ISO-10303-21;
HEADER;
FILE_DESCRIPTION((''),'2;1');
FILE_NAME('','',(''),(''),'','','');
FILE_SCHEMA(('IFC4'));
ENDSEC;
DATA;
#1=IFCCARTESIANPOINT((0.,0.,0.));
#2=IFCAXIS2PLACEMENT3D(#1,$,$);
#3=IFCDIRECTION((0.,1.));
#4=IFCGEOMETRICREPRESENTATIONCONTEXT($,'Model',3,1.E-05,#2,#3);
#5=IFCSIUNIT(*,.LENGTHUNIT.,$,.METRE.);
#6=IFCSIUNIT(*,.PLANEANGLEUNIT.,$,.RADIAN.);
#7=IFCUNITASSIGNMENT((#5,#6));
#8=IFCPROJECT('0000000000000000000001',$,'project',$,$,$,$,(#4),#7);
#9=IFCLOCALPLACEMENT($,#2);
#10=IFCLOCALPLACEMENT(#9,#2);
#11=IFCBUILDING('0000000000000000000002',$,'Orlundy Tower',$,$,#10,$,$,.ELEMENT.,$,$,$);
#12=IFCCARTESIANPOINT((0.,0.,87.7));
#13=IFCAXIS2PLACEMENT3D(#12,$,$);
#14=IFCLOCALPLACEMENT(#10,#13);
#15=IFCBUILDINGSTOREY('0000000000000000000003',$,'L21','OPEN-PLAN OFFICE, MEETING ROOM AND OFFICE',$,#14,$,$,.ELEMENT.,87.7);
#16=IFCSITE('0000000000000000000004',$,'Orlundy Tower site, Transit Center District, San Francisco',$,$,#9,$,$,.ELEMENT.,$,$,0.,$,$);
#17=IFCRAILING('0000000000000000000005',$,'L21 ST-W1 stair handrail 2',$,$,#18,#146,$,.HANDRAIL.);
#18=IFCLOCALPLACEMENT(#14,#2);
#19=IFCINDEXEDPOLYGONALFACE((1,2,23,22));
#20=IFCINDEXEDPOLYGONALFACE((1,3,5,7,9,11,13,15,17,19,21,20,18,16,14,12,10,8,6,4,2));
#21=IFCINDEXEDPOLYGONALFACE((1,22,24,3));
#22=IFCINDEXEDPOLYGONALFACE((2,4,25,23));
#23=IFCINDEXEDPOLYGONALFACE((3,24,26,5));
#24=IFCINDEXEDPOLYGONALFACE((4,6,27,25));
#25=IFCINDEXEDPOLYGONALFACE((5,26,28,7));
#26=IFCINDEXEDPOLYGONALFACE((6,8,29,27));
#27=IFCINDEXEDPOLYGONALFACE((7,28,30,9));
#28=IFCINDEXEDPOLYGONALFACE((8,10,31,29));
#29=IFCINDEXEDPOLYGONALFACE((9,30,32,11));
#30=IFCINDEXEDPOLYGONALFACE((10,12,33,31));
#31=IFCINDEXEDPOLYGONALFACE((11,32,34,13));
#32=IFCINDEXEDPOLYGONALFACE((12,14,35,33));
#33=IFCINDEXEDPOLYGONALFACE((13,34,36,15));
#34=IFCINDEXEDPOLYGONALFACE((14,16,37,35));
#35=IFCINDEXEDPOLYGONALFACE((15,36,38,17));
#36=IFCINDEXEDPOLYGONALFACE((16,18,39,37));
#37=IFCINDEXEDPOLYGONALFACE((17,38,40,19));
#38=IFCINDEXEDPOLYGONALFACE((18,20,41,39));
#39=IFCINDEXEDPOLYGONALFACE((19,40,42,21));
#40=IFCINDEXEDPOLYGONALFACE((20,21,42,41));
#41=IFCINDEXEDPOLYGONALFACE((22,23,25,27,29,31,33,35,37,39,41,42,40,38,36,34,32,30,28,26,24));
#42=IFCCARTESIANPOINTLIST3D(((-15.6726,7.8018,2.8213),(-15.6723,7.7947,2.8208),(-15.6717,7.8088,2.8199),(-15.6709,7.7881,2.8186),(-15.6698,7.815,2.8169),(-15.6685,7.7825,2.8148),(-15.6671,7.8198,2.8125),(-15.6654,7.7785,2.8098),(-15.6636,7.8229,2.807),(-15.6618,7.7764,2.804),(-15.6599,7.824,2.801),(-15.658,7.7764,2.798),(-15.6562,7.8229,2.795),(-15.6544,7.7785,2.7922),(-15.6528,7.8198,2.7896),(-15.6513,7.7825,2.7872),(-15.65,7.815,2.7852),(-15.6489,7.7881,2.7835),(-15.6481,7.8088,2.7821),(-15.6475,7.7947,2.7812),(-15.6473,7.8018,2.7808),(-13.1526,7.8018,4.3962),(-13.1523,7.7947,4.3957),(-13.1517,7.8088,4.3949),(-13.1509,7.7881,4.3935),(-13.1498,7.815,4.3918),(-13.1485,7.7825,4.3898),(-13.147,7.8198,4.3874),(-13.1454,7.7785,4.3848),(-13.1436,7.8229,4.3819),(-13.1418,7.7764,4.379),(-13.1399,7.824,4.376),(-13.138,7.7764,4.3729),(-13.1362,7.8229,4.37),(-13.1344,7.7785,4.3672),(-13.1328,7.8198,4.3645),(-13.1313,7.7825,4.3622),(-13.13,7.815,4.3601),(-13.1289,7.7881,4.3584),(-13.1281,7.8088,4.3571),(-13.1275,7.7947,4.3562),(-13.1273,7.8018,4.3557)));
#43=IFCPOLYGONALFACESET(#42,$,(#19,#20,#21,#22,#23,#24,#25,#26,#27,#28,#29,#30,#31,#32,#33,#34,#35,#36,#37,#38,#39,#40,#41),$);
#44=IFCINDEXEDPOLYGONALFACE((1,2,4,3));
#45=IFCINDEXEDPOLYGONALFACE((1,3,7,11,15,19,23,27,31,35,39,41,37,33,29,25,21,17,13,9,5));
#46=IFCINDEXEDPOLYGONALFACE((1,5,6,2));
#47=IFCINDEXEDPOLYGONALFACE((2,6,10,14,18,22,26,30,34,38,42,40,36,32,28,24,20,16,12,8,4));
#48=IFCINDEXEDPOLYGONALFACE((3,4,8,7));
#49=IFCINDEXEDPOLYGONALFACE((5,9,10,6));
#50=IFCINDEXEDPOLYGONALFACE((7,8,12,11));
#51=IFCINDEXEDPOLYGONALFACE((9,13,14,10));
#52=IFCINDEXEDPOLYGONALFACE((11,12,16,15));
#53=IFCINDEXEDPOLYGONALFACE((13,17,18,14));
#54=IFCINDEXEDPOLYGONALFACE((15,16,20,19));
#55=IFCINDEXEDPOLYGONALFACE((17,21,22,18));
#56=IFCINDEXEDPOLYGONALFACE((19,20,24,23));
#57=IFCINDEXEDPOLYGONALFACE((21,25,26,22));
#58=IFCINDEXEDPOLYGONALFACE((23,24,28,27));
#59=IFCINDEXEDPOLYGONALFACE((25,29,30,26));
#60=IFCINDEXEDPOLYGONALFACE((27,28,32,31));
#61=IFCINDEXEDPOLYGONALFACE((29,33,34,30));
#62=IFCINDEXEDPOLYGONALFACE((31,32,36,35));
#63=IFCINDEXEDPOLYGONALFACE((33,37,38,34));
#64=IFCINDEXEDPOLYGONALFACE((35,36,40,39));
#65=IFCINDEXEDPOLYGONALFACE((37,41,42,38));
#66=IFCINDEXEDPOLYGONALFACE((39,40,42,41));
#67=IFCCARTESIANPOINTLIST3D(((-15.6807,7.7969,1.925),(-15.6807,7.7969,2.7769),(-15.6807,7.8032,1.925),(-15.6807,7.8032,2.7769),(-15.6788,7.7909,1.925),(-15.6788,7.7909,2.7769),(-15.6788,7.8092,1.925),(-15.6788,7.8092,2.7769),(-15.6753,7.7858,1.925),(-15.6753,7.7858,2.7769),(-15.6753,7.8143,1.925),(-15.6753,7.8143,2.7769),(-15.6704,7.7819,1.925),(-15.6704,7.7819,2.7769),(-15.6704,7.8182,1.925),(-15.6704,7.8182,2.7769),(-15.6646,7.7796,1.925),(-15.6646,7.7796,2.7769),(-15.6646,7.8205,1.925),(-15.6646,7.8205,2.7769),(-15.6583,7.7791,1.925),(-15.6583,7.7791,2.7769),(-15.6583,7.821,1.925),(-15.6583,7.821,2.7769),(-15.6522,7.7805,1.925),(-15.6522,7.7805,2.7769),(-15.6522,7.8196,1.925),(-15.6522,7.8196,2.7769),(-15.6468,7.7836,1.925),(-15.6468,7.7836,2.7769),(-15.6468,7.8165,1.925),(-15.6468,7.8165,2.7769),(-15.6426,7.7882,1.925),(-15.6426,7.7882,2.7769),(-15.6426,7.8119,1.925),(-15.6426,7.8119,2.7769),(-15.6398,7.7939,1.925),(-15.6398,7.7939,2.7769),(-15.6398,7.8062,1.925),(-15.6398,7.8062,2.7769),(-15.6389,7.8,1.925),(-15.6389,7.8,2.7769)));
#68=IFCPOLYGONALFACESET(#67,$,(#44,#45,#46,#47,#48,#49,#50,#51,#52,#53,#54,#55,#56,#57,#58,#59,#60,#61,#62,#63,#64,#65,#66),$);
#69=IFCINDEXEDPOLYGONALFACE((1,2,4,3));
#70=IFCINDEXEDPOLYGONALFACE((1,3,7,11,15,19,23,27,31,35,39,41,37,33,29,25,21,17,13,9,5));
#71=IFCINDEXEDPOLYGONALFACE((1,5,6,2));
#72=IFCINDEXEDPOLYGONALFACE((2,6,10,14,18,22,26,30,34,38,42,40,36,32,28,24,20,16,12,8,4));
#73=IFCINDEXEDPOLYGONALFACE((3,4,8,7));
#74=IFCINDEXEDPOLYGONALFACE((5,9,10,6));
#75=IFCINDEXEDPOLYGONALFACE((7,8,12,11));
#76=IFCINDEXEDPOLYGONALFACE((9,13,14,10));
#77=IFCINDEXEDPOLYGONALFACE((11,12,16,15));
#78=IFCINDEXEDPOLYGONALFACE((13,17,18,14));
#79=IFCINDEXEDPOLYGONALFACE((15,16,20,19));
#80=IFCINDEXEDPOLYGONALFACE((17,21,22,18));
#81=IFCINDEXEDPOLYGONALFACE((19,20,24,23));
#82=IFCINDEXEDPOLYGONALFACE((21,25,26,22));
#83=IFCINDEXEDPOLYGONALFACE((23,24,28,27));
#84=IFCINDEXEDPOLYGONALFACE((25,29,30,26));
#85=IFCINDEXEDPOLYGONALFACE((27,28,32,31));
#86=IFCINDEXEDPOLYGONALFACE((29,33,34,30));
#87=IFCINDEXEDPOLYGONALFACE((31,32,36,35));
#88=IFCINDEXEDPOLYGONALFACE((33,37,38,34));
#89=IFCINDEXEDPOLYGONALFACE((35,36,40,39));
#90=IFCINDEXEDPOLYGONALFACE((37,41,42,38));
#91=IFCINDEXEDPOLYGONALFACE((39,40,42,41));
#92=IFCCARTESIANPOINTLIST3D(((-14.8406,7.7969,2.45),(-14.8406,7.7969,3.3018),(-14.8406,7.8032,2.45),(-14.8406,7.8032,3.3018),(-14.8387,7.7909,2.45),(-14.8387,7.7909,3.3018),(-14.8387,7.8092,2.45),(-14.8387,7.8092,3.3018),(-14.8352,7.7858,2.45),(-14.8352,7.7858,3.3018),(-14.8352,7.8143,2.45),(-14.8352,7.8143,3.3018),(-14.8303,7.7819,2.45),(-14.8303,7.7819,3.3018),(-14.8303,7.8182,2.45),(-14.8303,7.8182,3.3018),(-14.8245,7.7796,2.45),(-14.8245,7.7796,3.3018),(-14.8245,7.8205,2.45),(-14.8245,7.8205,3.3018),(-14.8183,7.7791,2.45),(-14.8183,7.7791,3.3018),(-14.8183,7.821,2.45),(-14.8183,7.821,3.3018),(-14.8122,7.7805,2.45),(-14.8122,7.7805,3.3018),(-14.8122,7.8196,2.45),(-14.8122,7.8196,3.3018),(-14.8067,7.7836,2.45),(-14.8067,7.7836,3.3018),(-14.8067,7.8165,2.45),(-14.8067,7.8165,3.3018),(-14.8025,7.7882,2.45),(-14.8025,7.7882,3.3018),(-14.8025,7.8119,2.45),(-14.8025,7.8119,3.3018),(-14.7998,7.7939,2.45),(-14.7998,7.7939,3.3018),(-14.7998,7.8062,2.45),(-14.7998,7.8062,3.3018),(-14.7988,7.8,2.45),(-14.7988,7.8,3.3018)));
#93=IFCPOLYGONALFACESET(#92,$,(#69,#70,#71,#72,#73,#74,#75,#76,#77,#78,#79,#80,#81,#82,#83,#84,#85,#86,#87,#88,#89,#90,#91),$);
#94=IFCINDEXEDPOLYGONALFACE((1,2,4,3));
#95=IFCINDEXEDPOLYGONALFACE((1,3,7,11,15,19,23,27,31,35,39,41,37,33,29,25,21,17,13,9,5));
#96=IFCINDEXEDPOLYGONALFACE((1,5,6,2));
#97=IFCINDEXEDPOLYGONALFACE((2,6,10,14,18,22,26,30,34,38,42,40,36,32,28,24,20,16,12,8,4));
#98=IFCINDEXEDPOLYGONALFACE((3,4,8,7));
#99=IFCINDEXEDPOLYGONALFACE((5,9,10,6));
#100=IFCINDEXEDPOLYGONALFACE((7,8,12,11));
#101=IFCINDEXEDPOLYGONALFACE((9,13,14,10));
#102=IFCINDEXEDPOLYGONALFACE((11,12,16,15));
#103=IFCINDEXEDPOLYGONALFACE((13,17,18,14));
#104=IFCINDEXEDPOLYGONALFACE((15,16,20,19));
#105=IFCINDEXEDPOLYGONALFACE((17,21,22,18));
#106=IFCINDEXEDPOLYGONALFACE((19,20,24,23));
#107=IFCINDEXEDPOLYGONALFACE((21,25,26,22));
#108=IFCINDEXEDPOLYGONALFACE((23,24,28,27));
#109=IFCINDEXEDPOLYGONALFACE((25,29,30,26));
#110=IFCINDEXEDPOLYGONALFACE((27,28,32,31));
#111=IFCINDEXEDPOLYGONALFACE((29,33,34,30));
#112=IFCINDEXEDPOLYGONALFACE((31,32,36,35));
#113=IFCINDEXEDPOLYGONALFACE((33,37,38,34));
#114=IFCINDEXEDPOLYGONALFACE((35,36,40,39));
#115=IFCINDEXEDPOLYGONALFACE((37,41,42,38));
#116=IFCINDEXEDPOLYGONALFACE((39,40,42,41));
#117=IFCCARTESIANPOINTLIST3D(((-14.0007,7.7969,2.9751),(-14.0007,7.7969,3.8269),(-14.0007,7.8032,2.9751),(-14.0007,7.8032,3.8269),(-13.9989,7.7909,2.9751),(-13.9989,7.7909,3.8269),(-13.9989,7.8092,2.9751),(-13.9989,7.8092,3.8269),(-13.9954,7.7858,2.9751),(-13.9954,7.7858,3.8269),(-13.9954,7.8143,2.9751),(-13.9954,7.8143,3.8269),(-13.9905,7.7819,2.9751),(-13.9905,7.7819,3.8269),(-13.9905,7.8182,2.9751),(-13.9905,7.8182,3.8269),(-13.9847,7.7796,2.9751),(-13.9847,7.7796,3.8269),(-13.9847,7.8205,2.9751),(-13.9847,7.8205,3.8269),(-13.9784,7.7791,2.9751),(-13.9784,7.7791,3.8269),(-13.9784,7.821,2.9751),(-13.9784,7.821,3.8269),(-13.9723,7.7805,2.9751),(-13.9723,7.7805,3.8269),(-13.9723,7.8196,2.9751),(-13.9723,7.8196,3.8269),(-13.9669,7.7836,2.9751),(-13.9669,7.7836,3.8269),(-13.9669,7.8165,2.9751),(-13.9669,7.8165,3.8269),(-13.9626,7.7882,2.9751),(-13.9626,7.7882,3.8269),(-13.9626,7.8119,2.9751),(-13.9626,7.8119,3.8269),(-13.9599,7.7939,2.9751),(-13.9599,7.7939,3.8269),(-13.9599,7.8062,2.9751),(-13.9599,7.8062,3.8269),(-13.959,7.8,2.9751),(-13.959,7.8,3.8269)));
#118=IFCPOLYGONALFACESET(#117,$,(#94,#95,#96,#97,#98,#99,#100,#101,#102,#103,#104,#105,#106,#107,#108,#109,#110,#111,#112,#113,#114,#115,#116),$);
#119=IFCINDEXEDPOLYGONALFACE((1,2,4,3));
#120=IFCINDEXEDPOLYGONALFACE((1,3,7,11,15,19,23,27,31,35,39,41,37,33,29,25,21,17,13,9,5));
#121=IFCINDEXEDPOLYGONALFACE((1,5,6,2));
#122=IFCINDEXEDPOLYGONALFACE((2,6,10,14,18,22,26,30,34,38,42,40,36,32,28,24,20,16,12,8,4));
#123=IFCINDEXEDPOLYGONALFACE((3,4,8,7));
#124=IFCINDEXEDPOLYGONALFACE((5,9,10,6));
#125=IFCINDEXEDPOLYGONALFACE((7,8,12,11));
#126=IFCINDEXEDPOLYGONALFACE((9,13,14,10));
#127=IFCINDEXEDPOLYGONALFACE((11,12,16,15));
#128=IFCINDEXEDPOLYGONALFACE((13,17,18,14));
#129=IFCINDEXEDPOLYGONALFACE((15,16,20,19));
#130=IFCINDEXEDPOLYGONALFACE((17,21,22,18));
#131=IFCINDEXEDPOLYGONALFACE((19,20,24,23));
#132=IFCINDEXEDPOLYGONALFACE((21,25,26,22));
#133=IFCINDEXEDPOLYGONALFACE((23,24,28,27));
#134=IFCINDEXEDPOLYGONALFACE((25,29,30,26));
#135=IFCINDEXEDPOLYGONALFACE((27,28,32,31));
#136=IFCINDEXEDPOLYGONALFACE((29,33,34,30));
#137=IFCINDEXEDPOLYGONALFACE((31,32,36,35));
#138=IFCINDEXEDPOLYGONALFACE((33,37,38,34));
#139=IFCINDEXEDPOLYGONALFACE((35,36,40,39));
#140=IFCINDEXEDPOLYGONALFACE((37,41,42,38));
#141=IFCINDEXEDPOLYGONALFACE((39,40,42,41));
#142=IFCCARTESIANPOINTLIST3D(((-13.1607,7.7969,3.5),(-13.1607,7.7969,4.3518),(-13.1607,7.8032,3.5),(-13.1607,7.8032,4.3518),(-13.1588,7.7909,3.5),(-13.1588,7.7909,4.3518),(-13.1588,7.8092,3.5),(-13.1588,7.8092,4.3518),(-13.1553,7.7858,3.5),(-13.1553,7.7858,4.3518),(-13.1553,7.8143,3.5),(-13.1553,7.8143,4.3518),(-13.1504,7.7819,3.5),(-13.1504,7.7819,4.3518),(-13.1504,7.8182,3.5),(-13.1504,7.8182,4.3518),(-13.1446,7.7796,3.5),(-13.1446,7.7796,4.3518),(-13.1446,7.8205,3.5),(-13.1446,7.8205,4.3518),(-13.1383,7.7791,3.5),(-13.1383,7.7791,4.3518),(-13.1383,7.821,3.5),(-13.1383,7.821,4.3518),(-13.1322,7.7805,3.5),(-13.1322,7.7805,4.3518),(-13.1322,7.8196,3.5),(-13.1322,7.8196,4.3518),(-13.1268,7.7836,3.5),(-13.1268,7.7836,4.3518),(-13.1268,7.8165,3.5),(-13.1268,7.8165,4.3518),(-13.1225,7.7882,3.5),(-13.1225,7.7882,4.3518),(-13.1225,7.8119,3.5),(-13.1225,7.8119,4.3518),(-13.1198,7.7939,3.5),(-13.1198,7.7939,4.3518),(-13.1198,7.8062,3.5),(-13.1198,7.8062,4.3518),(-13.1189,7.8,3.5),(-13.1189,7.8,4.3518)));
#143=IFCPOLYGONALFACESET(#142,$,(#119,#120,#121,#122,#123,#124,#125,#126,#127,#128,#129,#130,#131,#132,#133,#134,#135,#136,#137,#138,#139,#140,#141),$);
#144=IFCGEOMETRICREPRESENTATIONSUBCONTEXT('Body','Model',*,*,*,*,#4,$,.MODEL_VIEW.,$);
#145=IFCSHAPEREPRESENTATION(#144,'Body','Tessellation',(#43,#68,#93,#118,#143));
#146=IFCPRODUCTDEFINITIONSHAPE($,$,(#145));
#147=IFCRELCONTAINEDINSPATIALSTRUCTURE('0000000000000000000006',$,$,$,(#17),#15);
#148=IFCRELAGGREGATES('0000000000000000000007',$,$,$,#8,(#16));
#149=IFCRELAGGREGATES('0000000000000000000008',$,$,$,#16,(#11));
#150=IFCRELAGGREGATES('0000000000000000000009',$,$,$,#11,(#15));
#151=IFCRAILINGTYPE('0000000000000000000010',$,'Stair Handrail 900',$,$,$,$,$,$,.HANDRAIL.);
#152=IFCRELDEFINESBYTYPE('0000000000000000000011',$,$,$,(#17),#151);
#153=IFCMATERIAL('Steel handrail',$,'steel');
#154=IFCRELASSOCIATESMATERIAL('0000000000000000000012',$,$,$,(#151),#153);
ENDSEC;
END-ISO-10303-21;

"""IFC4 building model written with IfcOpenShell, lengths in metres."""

from ifc_helpers import new_model, si_unit, direction, frame, origin, origin_2d, place, context, subcontext, project, spatial, circle, extrude, material, type_object, element, save


model = new_model("IFC4")

# Units and contexts
model_context = context("Model", 3, precision=1e-05, world=origin(), true_north=direction((0.0, 1.0)))
body_context = subcontext(model_context, "Body", "Model", "MODEL_VIEW")
ifc_project = project(units=[si_unit("LENGTHUNIT", "METRE"), si_unit("PLANEANGLEUNIT", "RADIAN")], contexts=[model_context])

# Site, building, storey
site_placement = place(None, origin())
site = spatial("IfcSite", under=ifc_project, at=site_placement, Name="Orlundy Tower site, Transit Center District, San Francisco", CompositionType="ELEMENT", RefElevation=0.0)
building_placement = place(site_placement, origin())
building = spatial("IfcBuilding", under=site, at=building_placement, Name="Orlundy Tower", CompositionType="ELEMENT")
storey_placement = place(building_placement, frame((0.0, 0.0, 87.7)))
storey = spatial("IfcBuildingStorey", under=building, at=storey_placement, Name="L21", Description="OPEN-PLAN OFFICE, MEETING ROOM AND OFFICE", CompositionType="ELEMENT", Elevation=87.7)

# Railing
ifc_material_1 = material(Name="Steel handrail", Category="steel")
railing_type_1 = type_object("IfcRailingType", Name="Stair Handrail 900", PredefinedType="HANDRAIL", material=ifc_material_1)
railing_1_placement = place(storey_placement, frame((-15.6599, 7.8, 1.925)))
element("IfcRailing", 1, at=railing_1_placement, inside=storey, type_object=railing_type_1, Name="L21 ST-W1 stair handrail 2", PredefinedType="HANDRAIL", context=body_context, shape_type="SweptSolid", body=[
    extrude(circle(Radius=0.0239, at=origin_2d()), frame((0.0, 0.0, 0.876), z_axis=(0.848008, 0.0, 0.529984), x_axis=(0.0, 1.0, 0.0)), (0.0, 0.0, 1.0), 2.9717),
    extrude(circle(Radius=0.021, at=origin_2d()), origin(), (0.0, 0.0, 1.0), 0.8518),
    extrude(circle(Radius=0.021, at=origin_2d()), frame((0.8401, 0.0, 0.5249)), (0.0, 0.0, 1.0), 0.8518),
    extrude(circle(Radius=0.021, at=origin_2d()), frame((1.6799, 0.0, 1.05)), (0.0, 0.0, 1.0), 0.8518),
    extrude(circle(Radius=0.021, at=origin_2d()), frame((2.52, 0.0, 1.575)), (0.0, 0.0, 1.0), 0.8518),
])

save(model, "model.ifc")
